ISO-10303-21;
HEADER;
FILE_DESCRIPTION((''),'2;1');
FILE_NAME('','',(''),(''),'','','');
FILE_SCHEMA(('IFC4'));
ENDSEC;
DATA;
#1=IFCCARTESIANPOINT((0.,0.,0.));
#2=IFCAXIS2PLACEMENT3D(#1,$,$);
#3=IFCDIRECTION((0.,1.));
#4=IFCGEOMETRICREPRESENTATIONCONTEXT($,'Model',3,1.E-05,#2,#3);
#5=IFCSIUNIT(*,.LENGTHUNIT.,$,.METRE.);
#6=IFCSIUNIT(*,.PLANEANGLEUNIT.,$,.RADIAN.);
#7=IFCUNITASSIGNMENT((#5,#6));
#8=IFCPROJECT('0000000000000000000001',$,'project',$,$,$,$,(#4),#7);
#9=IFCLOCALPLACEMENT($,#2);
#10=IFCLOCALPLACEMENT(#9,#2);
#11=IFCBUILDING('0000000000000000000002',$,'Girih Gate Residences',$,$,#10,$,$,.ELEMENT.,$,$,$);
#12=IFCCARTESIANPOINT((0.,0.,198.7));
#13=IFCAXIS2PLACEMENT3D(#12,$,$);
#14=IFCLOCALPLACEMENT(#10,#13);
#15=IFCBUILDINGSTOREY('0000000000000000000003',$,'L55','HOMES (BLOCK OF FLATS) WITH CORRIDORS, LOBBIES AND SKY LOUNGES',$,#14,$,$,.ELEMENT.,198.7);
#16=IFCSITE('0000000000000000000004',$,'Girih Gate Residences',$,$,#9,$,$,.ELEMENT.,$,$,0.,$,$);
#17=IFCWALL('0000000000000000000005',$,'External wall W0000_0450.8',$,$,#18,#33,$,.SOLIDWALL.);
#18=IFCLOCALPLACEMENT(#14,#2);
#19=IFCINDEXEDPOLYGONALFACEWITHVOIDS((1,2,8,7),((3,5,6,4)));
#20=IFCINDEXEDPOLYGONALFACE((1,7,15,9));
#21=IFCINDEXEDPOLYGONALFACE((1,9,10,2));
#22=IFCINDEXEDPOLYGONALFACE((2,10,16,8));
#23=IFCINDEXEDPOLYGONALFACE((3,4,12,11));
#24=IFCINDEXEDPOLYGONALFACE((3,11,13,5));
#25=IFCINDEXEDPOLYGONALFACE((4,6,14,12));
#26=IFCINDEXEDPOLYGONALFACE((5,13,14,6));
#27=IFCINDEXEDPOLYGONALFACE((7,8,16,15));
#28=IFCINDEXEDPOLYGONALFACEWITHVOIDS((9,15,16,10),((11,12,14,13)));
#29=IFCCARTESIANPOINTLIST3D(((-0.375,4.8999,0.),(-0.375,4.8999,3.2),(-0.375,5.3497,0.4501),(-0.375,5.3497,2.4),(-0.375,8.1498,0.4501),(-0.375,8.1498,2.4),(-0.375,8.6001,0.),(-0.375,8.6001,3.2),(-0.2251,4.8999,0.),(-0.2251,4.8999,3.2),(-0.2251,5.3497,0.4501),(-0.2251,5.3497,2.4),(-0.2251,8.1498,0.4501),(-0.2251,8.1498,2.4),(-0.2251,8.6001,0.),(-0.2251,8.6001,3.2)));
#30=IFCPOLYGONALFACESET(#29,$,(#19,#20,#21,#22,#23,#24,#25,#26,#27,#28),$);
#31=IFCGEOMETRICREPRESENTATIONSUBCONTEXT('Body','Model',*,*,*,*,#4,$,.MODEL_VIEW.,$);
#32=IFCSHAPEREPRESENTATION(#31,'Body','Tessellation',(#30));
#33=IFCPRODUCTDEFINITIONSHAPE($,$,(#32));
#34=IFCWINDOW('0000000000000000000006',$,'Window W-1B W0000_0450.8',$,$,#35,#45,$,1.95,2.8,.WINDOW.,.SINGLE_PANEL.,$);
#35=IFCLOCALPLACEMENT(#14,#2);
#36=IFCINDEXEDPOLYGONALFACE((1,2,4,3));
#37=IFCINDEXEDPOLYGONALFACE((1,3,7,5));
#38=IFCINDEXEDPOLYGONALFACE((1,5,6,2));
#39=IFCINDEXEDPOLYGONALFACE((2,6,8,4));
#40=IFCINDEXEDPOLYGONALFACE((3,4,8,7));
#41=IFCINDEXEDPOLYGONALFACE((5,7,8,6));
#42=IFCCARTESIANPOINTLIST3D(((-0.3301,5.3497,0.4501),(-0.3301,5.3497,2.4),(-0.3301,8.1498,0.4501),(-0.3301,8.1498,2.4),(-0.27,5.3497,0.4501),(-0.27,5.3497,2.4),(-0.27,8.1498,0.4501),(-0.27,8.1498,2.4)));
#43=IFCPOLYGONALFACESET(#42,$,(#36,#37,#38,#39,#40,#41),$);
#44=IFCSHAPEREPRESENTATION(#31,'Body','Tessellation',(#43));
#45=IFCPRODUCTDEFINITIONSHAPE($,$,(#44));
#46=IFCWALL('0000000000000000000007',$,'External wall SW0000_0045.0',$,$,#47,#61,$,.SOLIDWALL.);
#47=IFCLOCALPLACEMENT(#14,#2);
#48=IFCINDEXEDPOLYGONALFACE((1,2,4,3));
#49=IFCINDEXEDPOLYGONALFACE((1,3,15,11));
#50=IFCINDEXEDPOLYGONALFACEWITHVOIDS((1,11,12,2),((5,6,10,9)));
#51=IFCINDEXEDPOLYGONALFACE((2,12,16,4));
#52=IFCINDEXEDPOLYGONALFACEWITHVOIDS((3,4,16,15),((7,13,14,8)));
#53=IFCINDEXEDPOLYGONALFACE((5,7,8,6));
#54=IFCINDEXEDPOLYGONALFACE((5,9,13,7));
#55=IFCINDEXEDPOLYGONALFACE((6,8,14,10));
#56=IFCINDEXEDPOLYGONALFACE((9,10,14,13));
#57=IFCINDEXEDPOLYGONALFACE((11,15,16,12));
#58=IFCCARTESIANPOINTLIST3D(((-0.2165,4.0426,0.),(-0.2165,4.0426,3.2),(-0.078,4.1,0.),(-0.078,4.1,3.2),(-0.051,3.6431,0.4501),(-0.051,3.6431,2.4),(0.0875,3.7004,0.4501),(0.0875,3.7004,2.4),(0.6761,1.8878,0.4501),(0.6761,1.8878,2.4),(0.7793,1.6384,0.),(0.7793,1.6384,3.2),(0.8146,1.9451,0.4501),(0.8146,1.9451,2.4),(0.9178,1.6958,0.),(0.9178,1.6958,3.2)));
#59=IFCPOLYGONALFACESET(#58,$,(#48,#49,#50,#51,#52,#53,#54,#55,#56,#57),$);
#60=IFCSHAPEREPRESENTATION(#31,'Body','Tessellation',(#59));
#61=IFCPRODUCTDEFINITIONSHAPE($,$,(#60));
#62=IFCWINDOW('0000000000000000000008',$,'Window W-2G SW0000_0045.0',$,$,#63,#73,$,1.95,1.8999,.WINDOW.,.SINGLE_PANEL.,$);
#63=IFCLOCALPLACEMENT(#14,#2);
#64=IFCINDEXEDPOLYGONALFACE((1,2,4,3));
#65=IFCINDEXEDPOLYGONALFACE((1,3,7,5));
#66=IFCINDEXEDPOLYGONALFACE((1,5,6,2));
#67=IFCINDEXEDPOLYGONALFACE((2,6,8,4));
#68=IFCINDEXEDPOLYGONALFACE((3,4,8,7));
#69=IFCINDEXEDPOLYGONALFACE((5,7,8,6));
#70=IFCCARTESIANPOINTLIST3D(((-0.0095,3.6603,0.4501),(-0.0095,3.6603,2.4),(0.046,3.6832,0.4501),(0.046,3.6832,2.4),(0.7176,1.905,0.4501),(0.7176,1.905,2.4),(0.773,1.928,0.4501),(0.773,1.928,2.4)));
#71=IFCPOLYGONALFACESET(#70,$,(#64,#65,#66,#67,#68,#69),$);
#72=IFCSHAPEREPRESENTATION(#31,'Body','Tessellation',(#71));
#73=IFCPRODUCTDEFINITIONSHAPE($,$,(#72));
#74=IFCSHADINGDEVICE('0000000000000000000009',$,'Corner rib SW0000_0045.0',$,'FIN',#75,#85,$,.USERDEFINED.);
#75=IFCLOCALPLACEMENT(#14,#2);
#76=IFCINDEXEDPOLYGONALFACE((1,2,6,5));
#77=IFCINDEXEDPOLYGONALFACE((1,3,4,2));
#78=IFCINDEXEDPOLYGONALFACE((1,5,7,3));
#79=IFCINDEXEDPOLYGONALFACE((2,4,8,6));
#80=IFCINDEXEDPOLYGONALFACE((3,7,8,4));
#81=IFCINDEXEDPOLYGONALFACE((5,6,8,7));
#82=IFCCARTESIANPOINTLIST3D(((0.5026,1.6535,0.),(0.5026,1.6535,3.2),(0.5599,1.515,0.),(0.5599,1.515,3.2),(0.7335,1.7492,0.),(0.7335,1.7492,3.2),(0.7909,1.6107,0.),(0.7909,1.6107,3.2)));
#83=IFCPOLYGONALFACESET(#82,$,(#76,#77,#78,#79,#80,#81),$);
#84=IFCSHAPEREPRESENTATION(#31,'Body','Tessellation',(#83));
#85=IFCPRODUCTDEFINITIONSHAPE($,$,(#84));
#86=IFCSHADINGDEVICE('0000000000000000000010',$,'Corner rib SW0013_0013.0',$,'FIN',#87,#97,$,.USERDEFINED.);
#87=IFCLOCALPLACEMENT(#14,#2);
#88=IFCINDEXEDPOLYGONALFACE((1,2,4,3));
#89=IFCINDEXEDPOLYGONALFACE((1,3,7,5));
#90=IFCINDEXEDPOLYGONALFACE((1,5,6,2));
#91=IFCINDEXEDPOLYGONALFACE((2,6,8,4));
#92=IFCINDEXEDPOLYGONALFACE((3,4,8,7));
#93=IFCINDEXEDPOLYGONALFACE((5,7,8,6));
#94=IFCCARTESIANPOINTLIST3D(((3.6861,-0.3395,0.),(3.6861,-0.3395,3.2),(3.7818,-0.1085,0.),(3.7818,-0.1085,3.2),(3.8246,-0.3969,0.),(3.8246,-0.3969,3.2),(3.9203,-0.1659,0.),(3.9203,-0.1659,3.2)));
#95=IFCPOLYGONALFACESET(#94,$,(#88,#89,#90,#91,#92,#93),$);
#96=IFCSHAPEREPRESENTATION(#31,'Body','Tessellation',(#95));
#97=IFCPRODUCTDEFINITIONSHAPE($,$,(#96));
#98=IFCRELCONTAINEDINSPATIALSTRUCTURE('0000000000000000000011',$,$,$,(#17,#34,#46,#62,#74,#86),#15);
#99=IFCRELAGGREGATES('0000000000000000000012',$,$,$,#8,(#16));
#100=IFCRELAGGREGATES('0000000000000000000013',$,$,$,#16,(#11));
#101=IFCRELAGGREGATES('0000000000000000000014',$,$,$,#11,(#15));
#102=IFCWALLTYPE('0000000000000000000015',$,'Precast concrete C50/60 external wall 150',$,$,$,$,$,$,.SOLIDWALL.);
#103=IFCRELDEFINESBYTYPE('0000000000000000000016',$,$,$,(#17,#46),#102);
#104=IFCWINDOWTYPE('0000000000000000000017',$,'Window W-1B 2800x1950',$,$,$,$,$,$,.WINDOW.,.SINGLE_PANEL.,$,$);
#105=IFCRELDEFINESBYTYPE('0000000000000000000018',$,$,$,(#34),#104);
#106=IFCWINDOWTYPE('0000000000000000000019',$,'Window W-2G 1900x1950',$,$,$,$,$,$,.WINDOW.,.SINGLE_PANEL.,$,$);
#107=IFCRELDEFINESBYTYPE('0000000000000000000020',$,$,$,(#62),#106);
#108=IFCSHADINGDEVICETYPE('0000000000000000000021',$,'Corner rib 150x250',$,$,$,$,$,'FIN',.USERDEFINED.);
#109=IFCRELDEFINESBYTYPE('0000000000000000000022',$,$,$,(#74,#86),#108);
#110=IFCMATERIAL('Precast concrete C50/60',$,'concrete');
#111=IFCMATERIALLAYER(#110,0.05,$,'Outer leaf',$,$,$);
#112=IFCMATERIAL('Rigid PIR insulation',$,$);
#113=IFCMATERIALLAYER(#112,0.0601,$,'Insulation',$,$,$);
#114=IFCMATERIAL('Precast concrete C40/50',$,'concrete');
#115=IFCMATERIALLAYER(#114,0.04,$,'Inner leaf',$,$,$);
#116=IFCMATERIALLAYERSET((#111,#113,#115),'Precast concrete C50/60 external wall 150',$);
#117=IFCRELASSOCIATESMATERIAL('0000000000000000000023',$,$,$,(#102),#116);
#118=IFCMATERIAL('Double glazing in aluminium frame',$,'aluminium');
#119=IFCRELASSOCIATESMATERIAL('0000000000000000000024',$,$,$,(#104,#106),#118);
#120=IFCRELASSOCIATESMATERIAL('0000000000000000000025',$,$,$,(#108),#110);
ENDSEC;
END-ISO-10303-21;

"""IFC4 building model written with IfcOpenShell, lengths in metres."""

from ifc_helpers import new_model, si_unit, direction, frame, frame_2d, origin, origin_2d, place, context, subcontext, project, spatial, rectangle, extrude, material, layer, layer_set, type_object, element, fill, save


model = new_model("IFC4")

# Units and contexts
model_context = context("Model", 3, precision=1e-05, world=origin(), true_north=direction((0.0, 1.0)))
body_context = subcontext(model_context, "Body", "Model", "MODEL_VIEW")
ifc_project = project(units=[si_unit("LENGTHUNIT", "METRE"), si_unit("PLANEANGLEUNIT", "RADIAN")], contexts=[model_context])

# Site, building, storey
site_placement = place(None, origin())
site = spatial("IfcSite", under=ifc_project, at=site_placement, Name="Girih Gate Residences", CompositionType="ELEMENT", RefElevation=0.0)
building_placement = place(site_placement, origin())
building = spatial("IfcBuilding", under=site, at=building_placement, Name="Girih Gate Residences", CompositionType="ELEMENT")
storey_placement = place(building_placement, frame((0.0, 0.0, 198.7)))
storey = spatial("IfcBuildingStorey", under=building, at=storey_placement, Name="L55", Description="HOMES (BLOCK OF FLATS) WITH CORRIDORS, LOBBIES AND SKY LOUNGES", CompositionType="ELEMENT", Elevation=198.7)

# Walls, openings, windows
ifc_material_1 = material(Name="Precast concrete C50/60", Category="concrete")
ifc_layer_1 = layer(ifc_material_1, 0.05, Name="Outer leaf")
ifc_material_2 = material(Name="Rigid PIR insulation")
ifc_layer_2 = layer(ifc_material_2, 0.0601, Name="Insulation")
ifc_material_3 = material(Name="Precast concrete C40/50", Category="concrete")
ifc_layer_3 = layer(ifc_material_3, 0.04, Name="Inner leaf")
ifc_layer_set_1 = layer_set([ifc_layer_1, ifc_layer_2, ifc_layer_3], Name="Precast concrete C50/60 external wall 150")
wall_type = type_object("IfcWallType", Name="Precast concrete C50/60 external wall 150", PredefinedType="SOLIDWALL", material=ifc_layer_set_1)
wall_1_placement = place(storey_placement, frame((-0.3, 4.8999, 0.0), z_axis=(0.0, 0.0, 1.0), x_axis=(0.0, 1.0, 0.0)))
wall_1 = element("IfcWall", 1, at=wall_1_placement, inside=storey, type_object=wall_type, Name="External wall W0000_0450.8", PredefinedType="SOLIDWALL", context=body_context, shape_type="SweptSolid", body=[
    extrude(rectangle(XDim=3.7002, YDim=0.1499, at=frame_2d((1.8501, 0.0))), origin(), (0.0, 0.0, 1.0), 3.2),
])
opening_1_placement = place(wall_1_placement, frame((0.45, 0.0, 0.45)))
opening_1 = element("IfcOpeningElement", 2, at=opening_1_placement, cuts=wall_1, PredefinedType="OPENING", context=body_context, shape_type="SweptSolid", body=[
    extrude(rectangle(XDim=2.8, YDim=1.95, at=frame_2d((1.3999, 0.9751))), frame((0.0, 0.085, 0.0), z_axis=(0.0, -1.0, 0.0), x_axis=(1.0, 0.0, 0.0)), (0.0, 0.0, 1.0), 0.1699),
])
ifc_material_4 = material(Name="Double glazing in aluminium frame", Category="aluminium")
window_type_1 = type_object("IfcWindowType", Name="Window W-1B 2800x1950", PartitioningType="SINGLE_PANEL", PredefinedType="WINDOW", material=ifc_material_4)
window_1_placement = place(opening_1_placement, origin())
window_1 = element("IfcWindow", 3, at=window_1_placement, inside=storey, type_object=window_type_1, Name="Window W-1B W0000_0450.8", OverallHeight=1.95, OverallWidth=2.8, PartitioningType="SINGLE_PANEL", PredefinedType="WINDOW", context=body_context, shape_type="SweptSolid", body=[
    extrude(rectangle(XDim=2.8, YDim=1.95, at=frame_2d((1.3999, 0.9751))), frame((0.0, 0.03, 0.0), z_axis=(0.0, -1.0, 0.0), x_axis=(1.0, 0.0, 0.0)), (0.0, 0.0, 1.0), 0.0601),
])
fill(opening_1, window_1)
wall_2_placement = place(storey_placement, frame((0.8486, 1.667, 0.0), z_axis=(0.0, 0.0, 1.0), x_axis=(-0.382669, 0.923885, 0.0)))
wall_2 = element("IfcWall", 4, at=wall_2_placement, inside=storey, type_object=wall_type, Name="External wall SW0000_0045.0", PredefinedType="SOLIDWALL", context=body_context, shape_type="SweptSolid", body=[
    extrude(rectangle(XDim=2.6023, YDim=0.1499, at=frame_2d((1.3013, 0.0))), origin(), (0.0, 0.0, 1.0), 3.2),
])
opening_2_placement = place(wall_2_placement, frame((0.27, 0.0, 0.45)))
opening_2 = element("IfcOpeningElement", 5, at=opening_2_placement, cuts=wall_2, PredefinedType="OPENING", context=body_context, shape_type="SweptSolid", body=[
    extrude(rectangle(XDim=1.8999, YDim=1.95, at=frame_2d((0.95, 0.9751))), frame((0.0, 0.085, 0.0), z_axis=(0.0, -1.0, 0.0), x_axis=(1.0, 0.0, 0.0)), (0.0, 0.0, 1.0), 0.1699),
])
window_type_2 = type_object("IfcWindowType", Name="Window W-2G 1900x1950", PartitioningType="SINGLE_PANEL", PredefinedType="WINDOW", material=ifc_material_4)
window_2_placement = place(opening_2_placement, origin())
window_2 = element("IfcWindow", 6, at=window_2_placement, inside=storey, type_object=window_type_2, Name="Window W-2G SW0000_0045.0", OverallHeight=1.95, OverallWidth=1.8999, PartitioningType="SINGLE_PANEL", PredefinedType="WINDOW", context=body_context, shape_type="SweptSolid", body=[
    extrude(rectangle(XDim=1.8999, YDim=1.95, at=frame_2d((0.95, 0.9751))), frame((0.0, 0.03, 0.0), z_axis=(0.0, -1.0, 0.0), x_axis=(1.0, 0.0, 0.0)), (0.0, 0.0, 1.0), 0.0601),
])
fill(opening_2, window_2)

# Shading devices
shading_device_type = type_object("IfcShadingDeviceType", Name="Corner rib 150x250", ElementType="FIN", PredefinedType="USERDEFINED", material=ifc_material_1)
for number, where, z_axis, x_axis, name in (
    (7, (0.6467, 1.6321, 0.0), (0.0, 0.0, 1.0), (0.382683, -0.92388, 0.0), "Corner rib SW0000_0045.0"),
    (8, (3.8032, -0.2527, 0.0), (0.0, 0.0, 1.0), (0.92388, -0.382683, 0.0), "Corner rib SW0013_0013.0"),
):
    element("IfcShadingDevice", number, at=place(storey_placement, frame(where, z_axis=z_axis, x_axis=x_axis)), inside=storey, type_object=shading_device_type, Name=name, ObjectType="FIN", PredefinedType="USERDEFINED", context=body_context, shape_type="SweptSolid", body=[
        extrude(rectangle(XDim=0.1499, YDim=0.25, at=origin_2d()), origin(), (0.0, 0.0, 1.0), 3.2),
    ])

save(model, "model.ifc")
